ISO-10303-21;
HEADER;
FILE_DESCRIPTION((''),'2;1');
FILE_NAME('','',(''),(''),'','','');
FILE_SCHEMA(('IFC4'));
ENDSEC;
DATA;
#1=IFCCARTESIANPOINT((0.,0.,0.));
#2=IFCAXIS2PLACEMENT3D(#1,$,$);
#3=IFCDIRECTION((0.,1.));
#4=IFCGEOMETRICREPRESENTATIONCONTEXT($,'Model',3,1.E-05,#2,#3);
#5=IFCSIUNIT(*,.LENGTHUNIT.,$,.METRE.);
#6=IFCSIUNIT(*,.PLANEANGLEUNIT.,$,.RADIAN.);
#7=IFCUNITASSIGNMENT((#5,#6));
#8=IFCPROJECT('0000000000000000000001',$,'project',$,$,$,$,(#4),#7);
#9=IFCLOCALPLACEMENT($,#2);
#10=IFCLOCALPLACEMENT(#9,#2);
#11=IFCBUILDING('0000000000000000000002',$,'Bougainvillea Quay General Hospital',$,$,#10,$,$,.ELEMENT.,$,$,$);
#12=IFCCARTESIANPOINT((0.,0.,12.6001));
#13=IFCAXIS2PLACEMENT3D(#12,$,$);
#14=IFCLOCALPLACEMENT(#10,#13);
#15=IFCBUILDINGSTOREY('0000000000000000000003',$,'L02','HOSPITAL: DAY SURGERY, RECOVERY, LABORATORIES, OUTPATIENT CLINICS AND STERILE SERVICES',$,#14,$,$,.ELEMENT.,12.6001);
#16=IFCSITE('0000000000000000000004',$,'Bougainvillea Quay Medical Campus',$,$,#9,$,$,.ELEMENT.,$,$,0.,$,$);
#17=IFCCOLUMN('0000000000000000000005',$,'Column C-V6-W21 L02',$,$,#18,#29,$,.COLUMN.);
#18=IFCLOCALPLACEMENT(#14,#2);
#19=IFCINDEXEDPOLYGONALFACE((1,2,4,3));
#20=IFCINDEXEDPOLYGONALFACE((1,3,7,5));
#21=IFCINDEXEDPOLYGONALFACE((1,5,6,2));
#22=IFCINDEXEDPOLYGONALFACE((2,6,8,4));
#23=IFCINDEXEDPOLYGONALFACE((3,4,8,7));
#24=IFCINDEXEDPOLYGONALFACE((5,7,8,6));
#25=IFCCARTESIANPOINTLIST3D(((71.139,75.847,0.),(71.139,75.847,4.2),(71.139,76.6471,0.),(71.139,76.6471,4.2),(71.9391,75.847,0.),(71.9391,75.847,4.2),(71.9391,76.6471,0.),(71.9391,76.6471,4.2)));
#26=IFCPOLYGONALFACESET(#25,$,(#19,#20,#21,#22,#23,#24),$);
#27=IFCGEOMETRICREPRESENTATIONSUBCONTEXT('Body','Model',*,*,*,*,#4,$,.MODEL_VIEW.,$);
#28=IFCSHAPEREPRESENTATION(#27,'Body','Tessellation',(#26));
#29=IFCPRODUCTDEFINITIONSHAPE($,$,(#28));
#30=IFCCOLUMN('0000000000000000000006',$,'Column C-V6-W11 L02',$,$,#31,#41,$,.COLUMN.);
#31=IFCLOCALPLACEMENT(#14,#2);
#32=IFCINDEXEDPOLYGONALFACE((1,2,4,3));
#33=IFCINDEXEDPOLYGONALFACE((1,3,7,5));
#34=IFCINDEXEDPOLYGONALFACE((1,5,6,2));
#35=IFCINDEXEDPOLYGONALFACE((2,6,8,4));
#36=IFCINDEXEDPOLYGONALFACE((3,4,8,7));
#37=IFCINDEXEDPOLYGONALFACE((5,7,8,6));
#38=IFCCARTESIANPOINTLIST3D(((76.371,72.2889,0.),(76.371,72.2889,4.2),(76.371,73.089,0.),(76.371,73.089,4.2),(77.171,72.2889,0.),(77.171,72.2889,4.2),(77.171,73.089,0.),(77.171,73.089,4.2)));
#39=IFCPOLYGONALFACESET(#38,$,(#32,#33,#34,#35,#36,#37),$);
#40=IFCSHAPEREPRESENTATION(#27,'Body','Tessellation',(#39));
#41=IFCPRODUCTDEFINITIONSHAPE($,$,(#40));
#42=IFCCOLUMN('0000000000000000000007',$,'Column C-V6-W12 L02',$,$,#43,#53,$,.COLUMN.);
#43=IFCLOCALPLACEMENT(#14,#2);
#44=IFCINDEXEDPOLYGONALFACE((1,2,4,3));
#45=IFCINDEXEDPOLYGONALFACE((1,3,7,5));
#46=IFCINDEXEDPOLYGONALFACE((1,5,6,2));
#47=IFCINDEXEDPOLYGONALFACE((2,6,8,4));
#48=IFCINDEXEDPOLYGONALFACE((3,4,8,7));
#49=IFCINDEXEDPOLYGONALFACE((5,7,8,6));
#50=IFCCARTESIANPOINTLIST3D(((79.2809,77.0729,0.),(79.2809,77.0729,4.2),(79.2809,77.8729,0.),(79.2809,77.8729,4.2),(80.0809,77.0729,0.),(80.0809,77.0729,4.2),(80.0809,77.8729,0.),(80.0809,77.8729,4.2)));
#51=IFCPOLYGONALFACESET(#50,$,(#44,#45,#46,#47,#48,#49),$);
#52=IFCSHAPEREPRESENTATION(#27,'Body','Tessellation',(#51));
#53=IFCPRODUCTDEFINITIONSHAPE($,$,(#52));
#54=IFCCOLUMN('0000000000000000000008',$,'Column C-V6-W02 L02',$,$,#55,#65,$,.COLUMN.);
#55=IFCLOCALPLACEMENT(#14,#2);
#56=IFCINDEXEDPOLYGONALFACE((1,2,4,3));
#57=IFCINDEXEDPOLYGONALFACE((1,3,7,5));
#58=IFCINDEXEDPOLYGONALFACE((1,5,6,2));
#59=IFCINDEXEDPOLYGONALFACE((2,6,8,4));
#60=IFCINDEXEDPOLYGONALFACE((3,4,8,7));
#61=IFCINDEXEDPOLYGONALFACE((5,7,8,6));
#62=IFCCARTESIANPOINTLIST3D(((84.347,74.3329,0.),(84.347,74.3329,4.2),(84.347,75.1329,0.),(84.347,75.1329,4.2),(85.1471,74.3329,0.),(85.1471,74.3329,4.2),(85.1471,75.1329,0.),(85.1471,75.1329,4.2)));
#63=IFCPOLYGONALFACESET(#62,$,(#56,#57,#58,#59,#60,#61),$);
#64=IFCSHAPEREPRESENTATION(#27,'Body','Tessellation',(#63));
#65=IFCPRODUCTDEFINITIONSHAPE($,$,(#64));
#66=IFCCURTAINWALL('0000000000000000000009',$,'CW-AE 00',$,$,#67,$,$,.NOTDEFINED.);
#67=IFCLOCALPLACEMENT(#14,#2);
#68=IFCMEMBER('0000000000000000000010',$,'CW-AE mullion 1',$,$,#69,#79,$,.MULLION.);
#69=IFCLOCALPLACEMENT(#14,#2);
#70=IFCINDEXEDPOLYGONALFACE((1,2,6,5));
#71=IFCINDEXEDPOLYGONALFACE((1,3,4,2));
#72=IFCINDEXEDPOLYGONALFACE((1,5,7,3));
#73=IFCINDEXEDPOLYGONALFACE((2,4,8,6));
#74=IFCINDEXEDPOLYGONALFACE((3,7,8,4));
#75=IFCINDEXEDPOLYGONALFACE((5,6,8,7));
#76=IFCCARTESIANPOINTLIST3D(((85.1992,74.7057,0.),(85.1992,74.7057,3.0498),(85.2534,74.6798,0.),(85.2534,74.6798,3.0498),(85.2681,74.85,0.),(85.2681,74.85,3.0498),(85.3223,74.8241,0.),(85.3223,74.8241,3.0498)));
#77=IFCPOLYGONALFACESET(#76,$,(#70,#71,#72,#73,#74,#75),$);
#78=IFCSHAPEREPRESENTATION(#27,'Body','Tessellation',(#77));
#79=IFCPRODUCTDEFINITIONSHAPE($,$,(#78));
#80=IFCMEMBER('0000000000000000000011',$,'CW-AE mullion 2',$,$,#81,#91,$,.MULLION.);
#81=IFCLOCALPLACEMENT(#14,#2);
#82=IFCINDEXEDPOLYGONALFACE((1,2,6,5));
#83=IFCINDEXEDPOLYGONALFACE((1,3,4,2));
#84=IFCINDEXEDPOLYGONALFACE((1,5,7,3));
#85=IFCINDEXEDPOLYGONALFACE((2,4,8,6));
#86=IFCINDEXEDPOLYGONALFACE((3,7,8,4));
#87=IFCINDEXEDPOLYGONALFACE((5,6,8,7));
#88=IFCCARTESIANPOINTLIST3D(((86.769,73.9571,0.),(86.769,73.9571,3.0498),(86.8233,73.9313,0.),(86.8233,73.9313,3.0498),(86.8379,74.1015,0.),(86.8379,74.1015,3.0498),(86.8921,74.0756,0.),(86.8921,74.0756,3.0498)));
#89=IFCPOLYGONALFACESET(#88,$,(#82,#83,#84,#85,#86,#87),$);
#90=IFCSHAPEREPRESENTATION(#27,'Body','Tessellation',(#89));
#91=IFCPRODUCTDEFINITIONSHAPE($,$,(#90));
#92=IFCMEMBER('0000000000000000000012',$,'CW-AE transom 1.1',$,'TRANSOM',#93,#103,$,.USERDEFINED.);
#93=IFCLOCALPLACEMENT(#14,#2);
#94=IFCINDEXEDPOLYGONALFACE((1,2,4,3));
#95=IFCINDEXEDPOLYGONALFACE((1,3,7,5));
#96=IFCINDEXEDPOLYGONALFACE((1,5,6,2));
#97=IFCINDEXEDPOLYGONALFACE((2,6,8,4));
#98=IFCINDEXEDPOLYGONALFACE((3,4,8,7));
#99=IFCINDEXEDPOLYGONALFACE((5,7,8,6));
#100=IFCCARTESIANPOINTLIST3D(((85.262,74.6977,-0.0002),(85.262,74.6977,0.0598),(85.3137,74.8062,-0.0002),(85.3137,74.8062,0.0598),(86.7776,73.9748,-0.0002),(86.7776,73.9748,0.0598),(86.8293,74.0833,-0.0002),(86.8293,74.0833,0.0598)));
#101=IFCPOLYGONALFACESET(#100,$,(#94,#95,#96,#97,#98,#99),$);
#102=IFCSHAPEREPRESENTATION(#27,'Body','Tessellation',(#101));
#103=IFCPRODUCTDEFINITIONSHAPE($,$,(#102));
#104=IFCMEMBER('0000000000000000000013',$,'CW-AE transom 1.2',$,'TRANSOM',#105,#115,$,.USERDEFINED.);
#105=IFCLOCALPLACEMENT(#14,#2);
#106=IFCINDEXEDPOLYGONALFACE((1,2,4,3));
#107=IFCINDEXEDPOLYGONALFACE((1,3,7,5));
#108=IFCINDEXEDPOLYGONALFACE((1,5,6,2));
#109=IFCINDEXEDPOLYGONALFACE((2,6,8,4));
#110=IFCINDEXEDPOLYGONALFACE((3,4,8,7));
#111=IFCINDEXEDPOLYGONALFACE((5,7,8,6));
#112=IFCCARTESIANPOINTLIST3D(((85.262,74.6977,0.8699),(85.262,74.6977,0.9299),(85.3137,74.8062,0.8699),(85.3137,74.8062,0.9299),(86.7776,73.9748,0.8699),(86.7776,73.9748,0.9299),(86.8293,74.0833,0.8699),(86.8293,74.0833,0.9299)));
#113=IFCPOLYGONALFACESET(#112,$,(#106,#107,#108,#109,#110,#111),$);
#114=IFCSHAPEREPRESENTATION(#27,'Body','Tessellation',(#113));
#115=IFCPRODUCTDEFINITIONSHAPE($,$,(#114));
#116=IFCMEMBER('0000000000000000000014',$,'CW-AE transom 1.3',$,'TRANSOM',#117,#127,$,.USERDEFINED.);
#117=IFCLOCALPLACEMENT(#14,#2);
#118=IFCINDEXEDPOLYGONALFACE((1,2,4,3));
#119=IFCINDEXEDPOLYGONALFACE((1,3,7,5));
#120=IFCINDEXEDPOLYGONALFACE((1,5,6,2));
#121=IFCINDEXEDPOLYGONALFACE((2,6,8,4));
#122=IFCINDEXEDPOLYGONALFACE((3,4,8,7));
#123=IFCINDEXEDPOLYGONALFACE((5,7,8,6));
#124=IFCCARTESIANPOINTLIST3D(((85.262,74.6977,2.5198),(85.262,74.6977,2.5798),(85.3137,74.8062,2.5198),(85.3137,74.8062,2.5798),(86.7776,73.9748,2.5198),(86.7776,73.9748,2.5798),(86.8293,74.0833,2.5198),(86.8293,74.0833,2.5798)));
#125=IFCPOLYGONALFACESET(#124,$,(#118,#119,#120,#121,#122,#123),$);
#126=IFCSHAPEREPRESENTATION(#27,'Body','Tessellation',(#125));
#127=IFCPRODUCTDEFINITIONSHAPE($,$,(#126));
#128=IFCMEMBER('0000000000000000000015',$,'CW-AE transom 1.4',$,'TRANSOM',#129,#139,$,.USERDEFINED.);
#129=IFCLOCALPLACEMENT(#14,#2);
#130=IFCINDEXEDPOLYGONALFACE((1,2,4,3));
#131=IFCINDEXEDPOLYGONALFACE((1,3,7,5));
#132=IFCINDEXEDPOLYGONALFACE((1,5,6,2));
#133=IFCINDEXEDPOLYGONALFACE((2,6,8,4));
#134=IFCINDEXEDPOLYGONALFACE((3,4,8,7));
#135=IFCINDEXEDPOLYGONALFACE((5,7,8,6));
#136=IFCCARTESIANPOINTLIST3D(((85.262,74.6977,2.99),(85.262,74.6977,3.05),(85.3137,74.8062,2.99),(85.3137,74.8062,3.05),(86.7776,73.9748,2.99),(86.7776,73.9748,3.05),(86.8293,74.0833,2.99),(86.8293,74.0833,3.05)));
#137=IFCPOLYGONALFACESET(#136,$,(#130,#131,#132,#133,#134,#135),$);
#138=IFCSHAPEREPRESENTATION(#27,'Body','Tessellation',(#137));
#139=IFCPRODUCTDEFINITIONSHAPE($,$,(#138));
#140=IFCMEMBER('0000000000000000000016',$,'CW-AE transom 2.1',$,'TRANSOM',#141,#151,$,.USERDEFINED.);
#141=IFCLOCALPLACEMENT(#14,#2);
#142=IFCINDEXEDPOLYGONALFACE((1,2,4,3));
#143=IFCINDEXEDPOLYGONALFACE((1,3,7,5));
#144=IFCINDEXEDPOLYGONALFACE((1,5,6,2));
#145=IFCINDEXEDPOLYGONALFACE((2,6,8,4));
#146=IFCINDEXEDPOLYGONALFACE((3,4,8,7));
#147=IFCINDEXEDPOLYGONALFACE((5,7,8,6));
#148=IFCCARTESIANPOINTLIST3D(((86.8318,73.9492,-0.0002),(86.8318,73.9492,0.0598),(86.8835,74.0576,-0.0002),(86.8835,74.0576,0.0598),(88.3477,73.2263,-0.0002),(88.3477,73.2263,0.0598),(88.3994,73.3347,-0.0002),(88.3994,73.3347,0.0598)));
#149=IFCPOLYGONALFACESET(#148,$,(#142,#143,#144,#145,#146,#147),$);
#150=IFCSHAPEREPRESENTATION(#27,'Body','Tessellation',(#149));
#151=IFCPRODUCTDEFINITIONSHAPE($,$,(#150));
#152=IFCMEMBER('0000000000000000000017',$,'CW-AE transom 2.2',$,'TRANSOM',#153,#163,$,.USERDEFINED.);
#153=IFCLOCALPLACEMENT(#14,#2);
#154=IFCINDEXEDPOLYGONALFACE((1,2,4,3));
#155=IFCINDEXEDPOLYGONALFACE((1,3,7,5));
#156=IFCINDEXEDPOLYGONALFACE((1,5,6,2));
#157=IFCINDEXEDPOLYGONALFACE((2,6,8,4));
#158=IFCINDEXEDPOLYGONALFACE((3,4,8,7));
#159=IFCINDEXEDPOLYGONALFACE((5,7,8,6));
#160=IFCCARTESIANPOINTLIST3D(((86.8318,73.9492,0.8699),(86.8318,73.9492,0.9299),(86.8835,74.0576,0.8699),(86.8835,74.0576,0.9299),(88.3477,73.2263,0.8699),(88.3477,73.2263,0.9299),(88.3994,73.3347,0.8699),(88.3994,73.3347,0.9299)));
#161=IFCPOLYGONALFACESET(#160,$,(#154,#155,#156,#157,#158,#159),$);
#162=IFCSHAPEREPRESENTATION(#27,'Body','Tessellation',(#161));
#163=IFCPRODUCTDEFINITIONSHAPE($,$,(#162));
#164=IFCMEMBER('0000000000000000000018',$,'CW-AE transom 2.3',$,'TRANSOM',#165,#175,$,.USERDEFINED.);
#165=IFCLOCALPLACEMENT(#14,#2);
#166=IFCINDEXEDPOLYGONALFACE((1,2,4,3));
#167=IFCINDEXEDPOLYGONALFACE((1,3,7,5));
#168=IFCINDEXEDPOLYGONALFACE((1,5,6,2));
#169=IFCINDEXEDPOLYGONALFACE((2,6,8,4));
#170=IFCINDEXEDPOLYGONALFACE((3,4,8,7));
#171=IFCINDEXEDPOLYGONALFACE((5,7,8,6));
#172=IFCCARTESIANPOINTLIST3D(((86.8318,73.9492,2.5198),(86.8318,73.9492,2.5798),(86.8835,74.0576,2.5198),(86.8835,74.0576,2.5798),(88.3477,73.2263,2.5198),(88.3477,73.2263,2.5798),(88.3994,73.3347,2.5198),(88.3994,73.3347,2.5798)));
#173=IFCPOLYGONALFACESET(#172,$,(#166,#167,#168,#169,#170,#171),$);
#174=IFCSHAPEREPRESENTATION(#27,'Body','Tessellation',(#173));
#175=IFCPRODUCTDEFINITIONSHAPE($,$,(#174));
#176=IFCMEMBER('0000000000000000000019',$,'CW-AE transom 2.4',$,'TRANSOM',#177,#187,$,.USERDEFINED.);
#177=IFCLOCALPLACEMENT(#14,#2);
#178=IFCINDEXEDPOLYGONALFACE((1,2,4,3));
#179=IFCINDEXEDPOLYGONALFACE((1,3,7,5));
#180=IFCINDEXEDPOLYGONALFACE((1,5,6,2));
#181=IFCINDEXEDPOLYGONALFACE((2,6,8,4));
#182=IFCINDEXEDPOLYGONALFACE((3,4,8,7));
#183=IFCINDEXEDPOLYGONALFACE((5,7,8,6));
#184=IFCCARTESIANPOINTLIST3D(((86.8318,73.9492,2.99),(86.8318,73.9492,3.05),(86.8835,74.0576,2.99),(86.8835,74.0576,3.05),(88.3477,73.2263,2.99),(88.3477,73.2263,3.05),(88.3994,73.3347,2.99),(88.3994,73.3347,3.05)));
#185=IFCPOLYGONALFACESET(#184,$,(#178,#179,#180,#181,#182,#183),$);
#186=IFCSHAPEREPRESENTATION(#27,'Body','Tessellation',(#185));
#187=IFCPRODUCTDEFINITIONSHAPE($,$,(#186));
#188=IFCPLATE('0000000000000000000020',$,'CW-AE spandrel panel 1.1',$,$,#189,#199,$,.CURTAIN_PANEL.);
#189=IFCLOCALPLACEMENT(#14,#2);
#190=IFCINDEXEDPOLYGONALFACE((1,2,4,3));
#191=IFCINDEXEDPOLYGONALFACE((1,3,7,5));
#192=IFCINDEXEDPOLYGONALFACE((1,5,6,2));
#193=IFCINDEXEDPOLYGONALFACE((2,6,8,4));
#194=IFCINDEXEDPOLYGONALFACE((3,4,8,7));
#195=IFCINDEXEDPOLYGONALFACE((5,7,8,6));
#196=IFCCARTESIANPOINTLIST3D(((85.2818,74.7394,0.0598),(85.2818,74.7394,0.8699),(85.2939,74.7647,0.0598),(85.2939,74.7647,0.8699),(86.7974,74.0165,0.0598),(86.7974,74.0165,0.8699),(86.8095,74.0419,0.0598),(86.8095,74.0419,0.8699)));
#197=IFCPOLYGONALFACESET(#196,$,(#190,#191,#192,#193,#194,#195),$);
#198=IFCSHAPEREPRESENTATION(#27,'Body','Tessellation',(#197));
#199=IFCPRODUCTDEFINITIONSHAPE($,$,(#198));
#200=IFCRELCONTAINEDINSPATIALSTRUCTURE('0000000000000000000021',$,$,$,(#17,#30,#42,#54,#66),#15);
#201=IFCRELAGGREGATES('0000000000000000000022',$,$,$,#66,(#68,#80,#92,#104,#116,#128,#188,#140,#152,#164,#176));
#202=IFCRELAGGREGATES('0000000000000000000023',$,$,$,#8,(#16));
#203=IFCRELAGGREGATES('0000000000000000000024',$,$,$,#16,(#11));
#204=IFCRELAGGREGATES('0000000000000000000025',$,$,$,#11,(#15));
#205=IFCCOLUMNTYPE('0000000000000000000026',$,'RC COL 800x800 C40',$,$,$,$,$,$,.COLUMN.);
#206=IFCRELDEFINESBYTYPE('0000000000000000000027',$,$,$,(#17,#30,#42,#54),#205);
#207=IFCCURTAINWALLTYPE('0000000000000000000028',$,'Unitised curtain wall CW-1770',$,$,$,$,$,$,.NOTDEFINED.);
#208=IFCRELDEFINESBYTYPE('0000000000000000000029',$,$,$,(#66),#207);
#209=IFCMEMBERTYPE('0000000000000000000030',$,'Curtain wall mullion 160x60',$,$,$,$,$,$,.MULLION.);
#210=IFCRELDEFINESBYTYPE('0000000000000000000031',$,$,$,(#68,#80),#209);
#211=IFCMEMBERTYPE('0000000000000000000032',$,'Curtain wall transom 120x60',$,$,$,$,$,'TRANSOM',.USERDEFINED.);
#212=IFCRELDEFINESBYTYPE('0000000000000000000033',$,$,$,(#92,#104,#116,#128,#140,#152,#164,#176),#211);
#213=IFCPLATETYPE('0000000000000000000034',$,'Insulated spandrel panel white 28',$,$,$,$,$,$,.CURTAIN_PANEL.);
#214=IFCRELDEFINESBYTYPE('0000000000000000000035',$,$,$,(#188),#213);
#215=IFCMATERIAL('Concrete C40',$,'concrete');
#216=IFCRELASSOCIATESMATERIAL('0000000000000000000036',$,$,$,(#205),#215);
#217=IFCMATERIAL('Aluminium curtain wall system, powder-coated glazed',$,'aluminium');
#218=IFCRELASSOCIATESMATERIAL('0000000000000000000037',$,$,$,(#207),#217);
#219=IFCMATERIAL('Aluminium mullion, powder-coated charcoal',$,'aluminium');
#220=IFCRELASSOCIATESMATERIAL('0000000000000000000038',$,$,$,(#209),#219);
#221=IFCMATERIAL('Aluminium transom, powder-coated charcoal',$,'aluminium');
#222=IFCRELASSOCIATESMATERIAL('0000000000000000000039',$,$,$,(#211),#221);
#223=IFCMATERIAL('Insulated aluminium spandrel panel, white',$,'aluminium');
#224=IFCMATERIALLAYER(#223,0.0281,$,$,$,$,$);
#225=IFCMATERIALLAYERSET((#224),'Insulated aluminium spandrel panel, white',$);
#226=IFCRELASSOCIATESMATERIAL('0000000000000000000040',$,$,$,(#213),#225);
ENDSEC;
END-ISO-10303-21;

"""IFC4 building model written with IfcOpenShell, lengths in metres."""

from ifc_helpers import new_model, si_unit, direction, frame, origin, origin_2d, place, context, subcontext, project, spatial, rectangle, extrude, material, layer, layer_set, material_profile, profile_set, type_object, element, aggregate, save


model = new_model("IFC4")

# Units and contexts
model_context = context("Model", 3, precision=1e-05, world=origin(), true_north=direction((0.0, 1.0)))
body_context = subcontext(model_context, "Body", "Model", "MODEL_VIEW")
ifc_project = project(units=[si_unit("LENGTHUNIT", "METRE"), si_unit("PLANEANGLEUNIT", "RADIAN")], contexts=[model_context])

# Site, building, storey
site_placement = place(None, origin())
site = spatial("IfcSite", under=ifc_project, at=site_placement, Name="Bougainvillea Quay Medical Campus", CompositionType="ELEMENT", RefElevation=0.0)
building_placement = place(site_placement, origin())
building = spatial("IfcBuilding", under=site, at=building_placement, Name="Bougainvillea Quay General Hospital", CompositionType="ELEMENT")
storey_placement = place(building_placement, frame((0.0, 0.0, 12.6001)))
storey = spatial("IfcBuildingStorey", under=building, at=storey_placement, Name="L02", Description="HOSPITAL: DAY SURGERY, RECOVERY, LABORATORIES, OUTPATIENT CLINICS AND STERILE SERVICES", CompositionType="ELEMENT", Elevation=12.6001)

# Columns
ifc_material_1 = material(Name="Concrete C40", Category="concrete")
ifc_material_profile_1 = material_profile(ifc_material_1, rectangle(XDim=0.8, YDim=0.8, at=origin_2d()))
ifc_profile_set_1 = profile_set([ifc_material_profile_1], Name="Concrete C40")
column_type = type_object("IfcColumnType", Name="RC COL 800x800 C40", PredefinedType="COLUMN", material=ifc_profile_set_1)
for number, where, z_axis, x_axis, name in (
    (1, (71.5391, 76.2471, 0.0), (0.0, 0.0, 1.0), (1.0, 0.0, 0.0), "Column C-V6-W21 L02"),
    (2, (76.771, 72.689, 0.0), (0.0, 0.0, 1.0), (1.0, 0.0, 0.0), "Column C-V6-W11 L02"),
    (3, (79.6809, 77.4729, 0.0), (0.0, 0.0, 1.0), (1.0, 0.0, 0.0), "Column C-V6-W12 L02"),
    (4, (84.7471, 74.7329, 0.0), (0.0, 0.0, 1.0), (1.0, 0.0, 0.0), "Column C-V6-W02 L02"),
):
    element("IfcColumn", number, at=place(storey_placement, frame(where, z_axis=z_axis, x_axis=x_axis)), inside=storey, type_object=column_type, Name=name, PredefinedType="COLUMN", context=body_context, shape_type="SweptSolid", body=[
        extrude(rectangle(XDim=0.8, YDim=0.8, at=origin_2d()), origin(), (0.0, 0.0, 1.0), 4.2),
    ])

# Curtain wall, members, plate
ifc_material_2 = material(Name="Aluminium curtain wall system, powder-coated glazed", Category="aluminium")
curtain_wall_type = type_object("IfcCurtainWallType", Name="Unitised curtain wall CW-1770", PredefinedType="NOTDEFINED", material=ifc_material_2)
curtain_wall_placement = place(storey_placement, origin())
curtain_wall = element("IfcCurtainWall", 5, at=curtain_wall_placement, inside=storey, type_object=curtain_wall_type, Name="CW-AE 00", PredefinedType="NOTDEFINED")
ifc_material_3 = material(Name="Aluminium mullion, powder-coated charcoal", Category="aluminium")
ifc_material_profile_2 = material_profile(ifc_material_3, rectangle(XDim=0.1599, YDim=0.0601, at=origin_2d()))
ifc_profile_set_2 = profile_set([ifc_material_profile_2], Name="Aluminium mullion, powder-coated charcoal")
member_type_1 = type_object("IfcMemberType", Name="Curtain wall mullion 160x60", PredefinedType="MULLION", material=ifc_profile_set_2)
member_1_placement = place(storey_placement, frame((85.2607, 74.7649, 0.0), z_axis=(0.0, 0.0, 1.0), x_axis=(0.430463, 0.902608, 0.0)))
member_1 = element("IfcMember", 6, at=member_1_placement, type_object=member_type_1, Name="CW-AE mullion 1", PredefinedType="MULLION", context=body_context, shape_type="SweptSolid", body=[
    extrude(rectangle(XDim=0.1599, YDim=0.0601, at=origin_2d()), origin(), (0.0, 0.0, 1.0), 3.0498),
])
member_2_placement = place(storey_placement, frame((86.8306, 74.0164, 0.0), z_axis=(0.0, 0.0, 1.0), x_axis=(0.430463, 0.902608, 0.0)))
member_2 = element("IfcMember", 7, at=member_2_placement, type_object=member_type_1, Name="CW-AE mullion 2", PredefinedType="MULLION", context=body_context, shape_type="SweptSolid", body=[
    extrude(rectangle(XDim=0.1599, YDim=0.0601, at=origin_2d()), origin(), (0.0, 0.0, 1.0), 3.0498),
])
ifc_material_4 = material(Name="Aluminium transom, powder-coated charcoal", Category="aluminium")
ifc_material_profile_3 = material_profile(ifc_material_4, rectangle(XDim=0.1201, YDim=0.0601, at=origin_2d()))
ifc_profile_set_3 = profile_set([ifc_material_profile_3], Name="Aluminium transom, powder-coated charcoal")
member_type_2 = type_object("IfcMemberType", Name="Curtain wall transom 120x60", ElementType="TRANSOM", PredefinedType="USERDEFINED", material=ifc_profile_set_3)
member_3_placement = place(storey_placement, frame((85.2878, 74.752, 0.0298), z_axis=(0.902589, -0.430504, 0.0), x_axis=(0.430504, 0.902589, 0.0)))
member_3 = element("IfcMember", 8, at=member_3_placement, type_object=member_type_2, Name="CW-AE transom 1.1", ObjectType="TRANSOM", PredefinedType="USERDEFINED", context=body_context, shape_type="SweptSolid", body=[
    extrude(rectangle(XDim=0.1201, YDim=0.0601, at=origin_2d()), origin(), (0.0, 0.0, 1.0), 1.6792),
])
member_4_placement = place(storey_placement, frame((85.2878, 74.752, 0.8999), z_axis=(0.902589, -0.430504, 0.0), x_axis=(0.430504, 0.902589, 0.0)))
member_4 = element("IfcMember", 9, at=member_4_placement, type_object=member_type_2, Name="CW-AE transom 1.2", ObjectType="TRANSOM", PredefinedType="USERDEFINED", context=body_context, shape_type="SweptSolid", body=[
    extrude(rectangle(XDim=0.1201, YDim=0.0601, at=origin_2d()), origin(), (0.0, 0.0, 1.0), 1.6792),
])
member_5_placement = place(storey_placement, frame((85.2878, 74.752, 2.5498), z_axis=(0.902589, -0.430504, 0.0), x_axis=(0.430504, 0.902589, 0.0)))
member_5 = element("IfcMember", 10, at=member_5_placement, type_object=member_type_2, Name="CW-AE transom 1.3", ObjectType="TRANSOM", PredefinedType="USERDEFINED", context=body_context, shape_type="SweptSolid", body=[
    extrude(rectangle(XDim=0.1201, YDim=0.0601, at=origin_2d()), origin(), (0.0, 0.0, 1.0), 1.6792),
])
member_6_placement = place(storey_placement, frame((85.2878, 74.752, 3.02), z_axis=(0.902589, -0.430504, 0.0), x_axis=(0.430504, 0.902589, 0.0)))
member_6 = element("IfcMember", 11, at=member_6_placement, type_object=member_type_2, Name="CW-AE transom 1.4", ObjectType="TRANSOM", PredefinedType="USERDEFINED", context=body_context, shape_type="SweptSolid", body=[
    extrude(rectangle(XDim=0.1201, YDim=0.0601, at=origin_2d()), origin(), (0.0, 0.0, 1.0), 1.6792),
])
member_7_placement = place(storey_placement, frame((86.8577, 74.0034, 0.0298), z_axis=(0.902616, -0.430447, 0.0), x_axis=(0.430447, 0.902616, 0.0)))
member_7 = element("IfcMember", 12, at=member_7_placement, type_object=member_type_2, Name="CW-AE transom 2.1", ObjectType="TRANSOM", PredefinedType="USERDEFINED", context=body_context, shape_type="SweptSolid", body=[
    extrude(rectangle(XDim=0.1201, YDim=0.0601, at=origin_2d()), origin(), (0.0, 0.0, 1.0), 1.6794),
])
member_8_placement = place(storey_placement, frame((86.8577, 74.0034, 0.8999), z_axis=(0.902616, -0.430447, 0.0), x_axis=(0.430447, 0.902616, 0.0)))
member_8 = element("IfcMember", 13, at=member_8_placement, type_object=member_type_2, Name="CW-AE transom 2.2", ObjectType="TRANSOM", PredefinedType="USERDEFINED", context=body_context, shape_type="SweptSolid", body=[
    extrude(rectangle(XDim=0.1201, YDim=0.0601, at=origin_2d()), origin(), (0.0, 0.0, 1.0), 1.6794),
])
member_9_placement = place(storey_placement, frame((86.8577, 74.0034, 2.5498), z_axis=(0.902616, -0.430447, 0.0), x_axis=(0.430447, 0.902616, 0.0)))
member_9 = element("IfcMember", 14, at=member_9_placement, type_object=member_type_2, Name="CW-AE transom 2.3", ObjectType="TRANSOM", PredefinedType="USERDEFINED", context=body_context, shape_type="SweptSolid", body=[
    extrude(rectangle(XDim=0.1201, YDim=0.0601, at=origin_2d()), origin(), (0.0, 0.0, 1.0), 1.6794),
])
member_10_placement = place(storey_placement, frame((86.8577, 74.0034, 3.02), z_axis=(0.902616, -0.430447, 0.0), x_axis=(0.430447, 0.902616, 0.0)))
member_10 = element("IfcMember", 15, at=member_10_placement, type_object=member_type_2, Name="CW-AE transom 2.4", ObjectType="TRANSOM", PredefinedType="USERDEFINED", context=body_context, shape_type="SweptSolid", body=[
    extrude(rectangle(XDim=0.1201, YDim=0.0601, at=origin_2d()), origin(), (0.0, 0.0, 1.0), 1.6794),
])
ifc_material_5 = material(Name="Insulated aluminium spandrel panel, white", Category="aluminium")
ifc_layer_1 = layer(ifc_material_5, 0.0281)
ifc_layer_set_1 = layer_set([ifc_layer_1], Name="Insulated aluminium spandrel panel, white")
plate_type_1 = type_object("IfcPlateType", Name="Insulated spandrel panel white 28", PredefinedType="CURTAIN_PANEL", material=ifc_layer_set_1)
plate_1_placement = place(storey_placement, frame((86.0457, 74.3906, 0.0598), z_axis=(0.0, 0.0, 1.0), x_axis=(0.902608, -0.430463, 0.0)))
plate_1 = element("IfcPlate", 16, at=plate_1_placement, type_object=plate_type_1, Name="CW-AE spandrel panel 1.1", PredefinedType="CURTAIN_PANEL", context=body_context, shape_type="SweptSolid", body=[
    extrude(rectangle(XDim=1.6792, YDim=0.0281, at=origin_2d()), origin(), (0.0, 0.0, 1.0), 0.8101),
])
aggregate(curtain_wall, [member_1, member_2, member_3, member_4, member_5, member_6, plate_1, member_7, member_8, member_9, member_10])

save(model, "model.ifc")
